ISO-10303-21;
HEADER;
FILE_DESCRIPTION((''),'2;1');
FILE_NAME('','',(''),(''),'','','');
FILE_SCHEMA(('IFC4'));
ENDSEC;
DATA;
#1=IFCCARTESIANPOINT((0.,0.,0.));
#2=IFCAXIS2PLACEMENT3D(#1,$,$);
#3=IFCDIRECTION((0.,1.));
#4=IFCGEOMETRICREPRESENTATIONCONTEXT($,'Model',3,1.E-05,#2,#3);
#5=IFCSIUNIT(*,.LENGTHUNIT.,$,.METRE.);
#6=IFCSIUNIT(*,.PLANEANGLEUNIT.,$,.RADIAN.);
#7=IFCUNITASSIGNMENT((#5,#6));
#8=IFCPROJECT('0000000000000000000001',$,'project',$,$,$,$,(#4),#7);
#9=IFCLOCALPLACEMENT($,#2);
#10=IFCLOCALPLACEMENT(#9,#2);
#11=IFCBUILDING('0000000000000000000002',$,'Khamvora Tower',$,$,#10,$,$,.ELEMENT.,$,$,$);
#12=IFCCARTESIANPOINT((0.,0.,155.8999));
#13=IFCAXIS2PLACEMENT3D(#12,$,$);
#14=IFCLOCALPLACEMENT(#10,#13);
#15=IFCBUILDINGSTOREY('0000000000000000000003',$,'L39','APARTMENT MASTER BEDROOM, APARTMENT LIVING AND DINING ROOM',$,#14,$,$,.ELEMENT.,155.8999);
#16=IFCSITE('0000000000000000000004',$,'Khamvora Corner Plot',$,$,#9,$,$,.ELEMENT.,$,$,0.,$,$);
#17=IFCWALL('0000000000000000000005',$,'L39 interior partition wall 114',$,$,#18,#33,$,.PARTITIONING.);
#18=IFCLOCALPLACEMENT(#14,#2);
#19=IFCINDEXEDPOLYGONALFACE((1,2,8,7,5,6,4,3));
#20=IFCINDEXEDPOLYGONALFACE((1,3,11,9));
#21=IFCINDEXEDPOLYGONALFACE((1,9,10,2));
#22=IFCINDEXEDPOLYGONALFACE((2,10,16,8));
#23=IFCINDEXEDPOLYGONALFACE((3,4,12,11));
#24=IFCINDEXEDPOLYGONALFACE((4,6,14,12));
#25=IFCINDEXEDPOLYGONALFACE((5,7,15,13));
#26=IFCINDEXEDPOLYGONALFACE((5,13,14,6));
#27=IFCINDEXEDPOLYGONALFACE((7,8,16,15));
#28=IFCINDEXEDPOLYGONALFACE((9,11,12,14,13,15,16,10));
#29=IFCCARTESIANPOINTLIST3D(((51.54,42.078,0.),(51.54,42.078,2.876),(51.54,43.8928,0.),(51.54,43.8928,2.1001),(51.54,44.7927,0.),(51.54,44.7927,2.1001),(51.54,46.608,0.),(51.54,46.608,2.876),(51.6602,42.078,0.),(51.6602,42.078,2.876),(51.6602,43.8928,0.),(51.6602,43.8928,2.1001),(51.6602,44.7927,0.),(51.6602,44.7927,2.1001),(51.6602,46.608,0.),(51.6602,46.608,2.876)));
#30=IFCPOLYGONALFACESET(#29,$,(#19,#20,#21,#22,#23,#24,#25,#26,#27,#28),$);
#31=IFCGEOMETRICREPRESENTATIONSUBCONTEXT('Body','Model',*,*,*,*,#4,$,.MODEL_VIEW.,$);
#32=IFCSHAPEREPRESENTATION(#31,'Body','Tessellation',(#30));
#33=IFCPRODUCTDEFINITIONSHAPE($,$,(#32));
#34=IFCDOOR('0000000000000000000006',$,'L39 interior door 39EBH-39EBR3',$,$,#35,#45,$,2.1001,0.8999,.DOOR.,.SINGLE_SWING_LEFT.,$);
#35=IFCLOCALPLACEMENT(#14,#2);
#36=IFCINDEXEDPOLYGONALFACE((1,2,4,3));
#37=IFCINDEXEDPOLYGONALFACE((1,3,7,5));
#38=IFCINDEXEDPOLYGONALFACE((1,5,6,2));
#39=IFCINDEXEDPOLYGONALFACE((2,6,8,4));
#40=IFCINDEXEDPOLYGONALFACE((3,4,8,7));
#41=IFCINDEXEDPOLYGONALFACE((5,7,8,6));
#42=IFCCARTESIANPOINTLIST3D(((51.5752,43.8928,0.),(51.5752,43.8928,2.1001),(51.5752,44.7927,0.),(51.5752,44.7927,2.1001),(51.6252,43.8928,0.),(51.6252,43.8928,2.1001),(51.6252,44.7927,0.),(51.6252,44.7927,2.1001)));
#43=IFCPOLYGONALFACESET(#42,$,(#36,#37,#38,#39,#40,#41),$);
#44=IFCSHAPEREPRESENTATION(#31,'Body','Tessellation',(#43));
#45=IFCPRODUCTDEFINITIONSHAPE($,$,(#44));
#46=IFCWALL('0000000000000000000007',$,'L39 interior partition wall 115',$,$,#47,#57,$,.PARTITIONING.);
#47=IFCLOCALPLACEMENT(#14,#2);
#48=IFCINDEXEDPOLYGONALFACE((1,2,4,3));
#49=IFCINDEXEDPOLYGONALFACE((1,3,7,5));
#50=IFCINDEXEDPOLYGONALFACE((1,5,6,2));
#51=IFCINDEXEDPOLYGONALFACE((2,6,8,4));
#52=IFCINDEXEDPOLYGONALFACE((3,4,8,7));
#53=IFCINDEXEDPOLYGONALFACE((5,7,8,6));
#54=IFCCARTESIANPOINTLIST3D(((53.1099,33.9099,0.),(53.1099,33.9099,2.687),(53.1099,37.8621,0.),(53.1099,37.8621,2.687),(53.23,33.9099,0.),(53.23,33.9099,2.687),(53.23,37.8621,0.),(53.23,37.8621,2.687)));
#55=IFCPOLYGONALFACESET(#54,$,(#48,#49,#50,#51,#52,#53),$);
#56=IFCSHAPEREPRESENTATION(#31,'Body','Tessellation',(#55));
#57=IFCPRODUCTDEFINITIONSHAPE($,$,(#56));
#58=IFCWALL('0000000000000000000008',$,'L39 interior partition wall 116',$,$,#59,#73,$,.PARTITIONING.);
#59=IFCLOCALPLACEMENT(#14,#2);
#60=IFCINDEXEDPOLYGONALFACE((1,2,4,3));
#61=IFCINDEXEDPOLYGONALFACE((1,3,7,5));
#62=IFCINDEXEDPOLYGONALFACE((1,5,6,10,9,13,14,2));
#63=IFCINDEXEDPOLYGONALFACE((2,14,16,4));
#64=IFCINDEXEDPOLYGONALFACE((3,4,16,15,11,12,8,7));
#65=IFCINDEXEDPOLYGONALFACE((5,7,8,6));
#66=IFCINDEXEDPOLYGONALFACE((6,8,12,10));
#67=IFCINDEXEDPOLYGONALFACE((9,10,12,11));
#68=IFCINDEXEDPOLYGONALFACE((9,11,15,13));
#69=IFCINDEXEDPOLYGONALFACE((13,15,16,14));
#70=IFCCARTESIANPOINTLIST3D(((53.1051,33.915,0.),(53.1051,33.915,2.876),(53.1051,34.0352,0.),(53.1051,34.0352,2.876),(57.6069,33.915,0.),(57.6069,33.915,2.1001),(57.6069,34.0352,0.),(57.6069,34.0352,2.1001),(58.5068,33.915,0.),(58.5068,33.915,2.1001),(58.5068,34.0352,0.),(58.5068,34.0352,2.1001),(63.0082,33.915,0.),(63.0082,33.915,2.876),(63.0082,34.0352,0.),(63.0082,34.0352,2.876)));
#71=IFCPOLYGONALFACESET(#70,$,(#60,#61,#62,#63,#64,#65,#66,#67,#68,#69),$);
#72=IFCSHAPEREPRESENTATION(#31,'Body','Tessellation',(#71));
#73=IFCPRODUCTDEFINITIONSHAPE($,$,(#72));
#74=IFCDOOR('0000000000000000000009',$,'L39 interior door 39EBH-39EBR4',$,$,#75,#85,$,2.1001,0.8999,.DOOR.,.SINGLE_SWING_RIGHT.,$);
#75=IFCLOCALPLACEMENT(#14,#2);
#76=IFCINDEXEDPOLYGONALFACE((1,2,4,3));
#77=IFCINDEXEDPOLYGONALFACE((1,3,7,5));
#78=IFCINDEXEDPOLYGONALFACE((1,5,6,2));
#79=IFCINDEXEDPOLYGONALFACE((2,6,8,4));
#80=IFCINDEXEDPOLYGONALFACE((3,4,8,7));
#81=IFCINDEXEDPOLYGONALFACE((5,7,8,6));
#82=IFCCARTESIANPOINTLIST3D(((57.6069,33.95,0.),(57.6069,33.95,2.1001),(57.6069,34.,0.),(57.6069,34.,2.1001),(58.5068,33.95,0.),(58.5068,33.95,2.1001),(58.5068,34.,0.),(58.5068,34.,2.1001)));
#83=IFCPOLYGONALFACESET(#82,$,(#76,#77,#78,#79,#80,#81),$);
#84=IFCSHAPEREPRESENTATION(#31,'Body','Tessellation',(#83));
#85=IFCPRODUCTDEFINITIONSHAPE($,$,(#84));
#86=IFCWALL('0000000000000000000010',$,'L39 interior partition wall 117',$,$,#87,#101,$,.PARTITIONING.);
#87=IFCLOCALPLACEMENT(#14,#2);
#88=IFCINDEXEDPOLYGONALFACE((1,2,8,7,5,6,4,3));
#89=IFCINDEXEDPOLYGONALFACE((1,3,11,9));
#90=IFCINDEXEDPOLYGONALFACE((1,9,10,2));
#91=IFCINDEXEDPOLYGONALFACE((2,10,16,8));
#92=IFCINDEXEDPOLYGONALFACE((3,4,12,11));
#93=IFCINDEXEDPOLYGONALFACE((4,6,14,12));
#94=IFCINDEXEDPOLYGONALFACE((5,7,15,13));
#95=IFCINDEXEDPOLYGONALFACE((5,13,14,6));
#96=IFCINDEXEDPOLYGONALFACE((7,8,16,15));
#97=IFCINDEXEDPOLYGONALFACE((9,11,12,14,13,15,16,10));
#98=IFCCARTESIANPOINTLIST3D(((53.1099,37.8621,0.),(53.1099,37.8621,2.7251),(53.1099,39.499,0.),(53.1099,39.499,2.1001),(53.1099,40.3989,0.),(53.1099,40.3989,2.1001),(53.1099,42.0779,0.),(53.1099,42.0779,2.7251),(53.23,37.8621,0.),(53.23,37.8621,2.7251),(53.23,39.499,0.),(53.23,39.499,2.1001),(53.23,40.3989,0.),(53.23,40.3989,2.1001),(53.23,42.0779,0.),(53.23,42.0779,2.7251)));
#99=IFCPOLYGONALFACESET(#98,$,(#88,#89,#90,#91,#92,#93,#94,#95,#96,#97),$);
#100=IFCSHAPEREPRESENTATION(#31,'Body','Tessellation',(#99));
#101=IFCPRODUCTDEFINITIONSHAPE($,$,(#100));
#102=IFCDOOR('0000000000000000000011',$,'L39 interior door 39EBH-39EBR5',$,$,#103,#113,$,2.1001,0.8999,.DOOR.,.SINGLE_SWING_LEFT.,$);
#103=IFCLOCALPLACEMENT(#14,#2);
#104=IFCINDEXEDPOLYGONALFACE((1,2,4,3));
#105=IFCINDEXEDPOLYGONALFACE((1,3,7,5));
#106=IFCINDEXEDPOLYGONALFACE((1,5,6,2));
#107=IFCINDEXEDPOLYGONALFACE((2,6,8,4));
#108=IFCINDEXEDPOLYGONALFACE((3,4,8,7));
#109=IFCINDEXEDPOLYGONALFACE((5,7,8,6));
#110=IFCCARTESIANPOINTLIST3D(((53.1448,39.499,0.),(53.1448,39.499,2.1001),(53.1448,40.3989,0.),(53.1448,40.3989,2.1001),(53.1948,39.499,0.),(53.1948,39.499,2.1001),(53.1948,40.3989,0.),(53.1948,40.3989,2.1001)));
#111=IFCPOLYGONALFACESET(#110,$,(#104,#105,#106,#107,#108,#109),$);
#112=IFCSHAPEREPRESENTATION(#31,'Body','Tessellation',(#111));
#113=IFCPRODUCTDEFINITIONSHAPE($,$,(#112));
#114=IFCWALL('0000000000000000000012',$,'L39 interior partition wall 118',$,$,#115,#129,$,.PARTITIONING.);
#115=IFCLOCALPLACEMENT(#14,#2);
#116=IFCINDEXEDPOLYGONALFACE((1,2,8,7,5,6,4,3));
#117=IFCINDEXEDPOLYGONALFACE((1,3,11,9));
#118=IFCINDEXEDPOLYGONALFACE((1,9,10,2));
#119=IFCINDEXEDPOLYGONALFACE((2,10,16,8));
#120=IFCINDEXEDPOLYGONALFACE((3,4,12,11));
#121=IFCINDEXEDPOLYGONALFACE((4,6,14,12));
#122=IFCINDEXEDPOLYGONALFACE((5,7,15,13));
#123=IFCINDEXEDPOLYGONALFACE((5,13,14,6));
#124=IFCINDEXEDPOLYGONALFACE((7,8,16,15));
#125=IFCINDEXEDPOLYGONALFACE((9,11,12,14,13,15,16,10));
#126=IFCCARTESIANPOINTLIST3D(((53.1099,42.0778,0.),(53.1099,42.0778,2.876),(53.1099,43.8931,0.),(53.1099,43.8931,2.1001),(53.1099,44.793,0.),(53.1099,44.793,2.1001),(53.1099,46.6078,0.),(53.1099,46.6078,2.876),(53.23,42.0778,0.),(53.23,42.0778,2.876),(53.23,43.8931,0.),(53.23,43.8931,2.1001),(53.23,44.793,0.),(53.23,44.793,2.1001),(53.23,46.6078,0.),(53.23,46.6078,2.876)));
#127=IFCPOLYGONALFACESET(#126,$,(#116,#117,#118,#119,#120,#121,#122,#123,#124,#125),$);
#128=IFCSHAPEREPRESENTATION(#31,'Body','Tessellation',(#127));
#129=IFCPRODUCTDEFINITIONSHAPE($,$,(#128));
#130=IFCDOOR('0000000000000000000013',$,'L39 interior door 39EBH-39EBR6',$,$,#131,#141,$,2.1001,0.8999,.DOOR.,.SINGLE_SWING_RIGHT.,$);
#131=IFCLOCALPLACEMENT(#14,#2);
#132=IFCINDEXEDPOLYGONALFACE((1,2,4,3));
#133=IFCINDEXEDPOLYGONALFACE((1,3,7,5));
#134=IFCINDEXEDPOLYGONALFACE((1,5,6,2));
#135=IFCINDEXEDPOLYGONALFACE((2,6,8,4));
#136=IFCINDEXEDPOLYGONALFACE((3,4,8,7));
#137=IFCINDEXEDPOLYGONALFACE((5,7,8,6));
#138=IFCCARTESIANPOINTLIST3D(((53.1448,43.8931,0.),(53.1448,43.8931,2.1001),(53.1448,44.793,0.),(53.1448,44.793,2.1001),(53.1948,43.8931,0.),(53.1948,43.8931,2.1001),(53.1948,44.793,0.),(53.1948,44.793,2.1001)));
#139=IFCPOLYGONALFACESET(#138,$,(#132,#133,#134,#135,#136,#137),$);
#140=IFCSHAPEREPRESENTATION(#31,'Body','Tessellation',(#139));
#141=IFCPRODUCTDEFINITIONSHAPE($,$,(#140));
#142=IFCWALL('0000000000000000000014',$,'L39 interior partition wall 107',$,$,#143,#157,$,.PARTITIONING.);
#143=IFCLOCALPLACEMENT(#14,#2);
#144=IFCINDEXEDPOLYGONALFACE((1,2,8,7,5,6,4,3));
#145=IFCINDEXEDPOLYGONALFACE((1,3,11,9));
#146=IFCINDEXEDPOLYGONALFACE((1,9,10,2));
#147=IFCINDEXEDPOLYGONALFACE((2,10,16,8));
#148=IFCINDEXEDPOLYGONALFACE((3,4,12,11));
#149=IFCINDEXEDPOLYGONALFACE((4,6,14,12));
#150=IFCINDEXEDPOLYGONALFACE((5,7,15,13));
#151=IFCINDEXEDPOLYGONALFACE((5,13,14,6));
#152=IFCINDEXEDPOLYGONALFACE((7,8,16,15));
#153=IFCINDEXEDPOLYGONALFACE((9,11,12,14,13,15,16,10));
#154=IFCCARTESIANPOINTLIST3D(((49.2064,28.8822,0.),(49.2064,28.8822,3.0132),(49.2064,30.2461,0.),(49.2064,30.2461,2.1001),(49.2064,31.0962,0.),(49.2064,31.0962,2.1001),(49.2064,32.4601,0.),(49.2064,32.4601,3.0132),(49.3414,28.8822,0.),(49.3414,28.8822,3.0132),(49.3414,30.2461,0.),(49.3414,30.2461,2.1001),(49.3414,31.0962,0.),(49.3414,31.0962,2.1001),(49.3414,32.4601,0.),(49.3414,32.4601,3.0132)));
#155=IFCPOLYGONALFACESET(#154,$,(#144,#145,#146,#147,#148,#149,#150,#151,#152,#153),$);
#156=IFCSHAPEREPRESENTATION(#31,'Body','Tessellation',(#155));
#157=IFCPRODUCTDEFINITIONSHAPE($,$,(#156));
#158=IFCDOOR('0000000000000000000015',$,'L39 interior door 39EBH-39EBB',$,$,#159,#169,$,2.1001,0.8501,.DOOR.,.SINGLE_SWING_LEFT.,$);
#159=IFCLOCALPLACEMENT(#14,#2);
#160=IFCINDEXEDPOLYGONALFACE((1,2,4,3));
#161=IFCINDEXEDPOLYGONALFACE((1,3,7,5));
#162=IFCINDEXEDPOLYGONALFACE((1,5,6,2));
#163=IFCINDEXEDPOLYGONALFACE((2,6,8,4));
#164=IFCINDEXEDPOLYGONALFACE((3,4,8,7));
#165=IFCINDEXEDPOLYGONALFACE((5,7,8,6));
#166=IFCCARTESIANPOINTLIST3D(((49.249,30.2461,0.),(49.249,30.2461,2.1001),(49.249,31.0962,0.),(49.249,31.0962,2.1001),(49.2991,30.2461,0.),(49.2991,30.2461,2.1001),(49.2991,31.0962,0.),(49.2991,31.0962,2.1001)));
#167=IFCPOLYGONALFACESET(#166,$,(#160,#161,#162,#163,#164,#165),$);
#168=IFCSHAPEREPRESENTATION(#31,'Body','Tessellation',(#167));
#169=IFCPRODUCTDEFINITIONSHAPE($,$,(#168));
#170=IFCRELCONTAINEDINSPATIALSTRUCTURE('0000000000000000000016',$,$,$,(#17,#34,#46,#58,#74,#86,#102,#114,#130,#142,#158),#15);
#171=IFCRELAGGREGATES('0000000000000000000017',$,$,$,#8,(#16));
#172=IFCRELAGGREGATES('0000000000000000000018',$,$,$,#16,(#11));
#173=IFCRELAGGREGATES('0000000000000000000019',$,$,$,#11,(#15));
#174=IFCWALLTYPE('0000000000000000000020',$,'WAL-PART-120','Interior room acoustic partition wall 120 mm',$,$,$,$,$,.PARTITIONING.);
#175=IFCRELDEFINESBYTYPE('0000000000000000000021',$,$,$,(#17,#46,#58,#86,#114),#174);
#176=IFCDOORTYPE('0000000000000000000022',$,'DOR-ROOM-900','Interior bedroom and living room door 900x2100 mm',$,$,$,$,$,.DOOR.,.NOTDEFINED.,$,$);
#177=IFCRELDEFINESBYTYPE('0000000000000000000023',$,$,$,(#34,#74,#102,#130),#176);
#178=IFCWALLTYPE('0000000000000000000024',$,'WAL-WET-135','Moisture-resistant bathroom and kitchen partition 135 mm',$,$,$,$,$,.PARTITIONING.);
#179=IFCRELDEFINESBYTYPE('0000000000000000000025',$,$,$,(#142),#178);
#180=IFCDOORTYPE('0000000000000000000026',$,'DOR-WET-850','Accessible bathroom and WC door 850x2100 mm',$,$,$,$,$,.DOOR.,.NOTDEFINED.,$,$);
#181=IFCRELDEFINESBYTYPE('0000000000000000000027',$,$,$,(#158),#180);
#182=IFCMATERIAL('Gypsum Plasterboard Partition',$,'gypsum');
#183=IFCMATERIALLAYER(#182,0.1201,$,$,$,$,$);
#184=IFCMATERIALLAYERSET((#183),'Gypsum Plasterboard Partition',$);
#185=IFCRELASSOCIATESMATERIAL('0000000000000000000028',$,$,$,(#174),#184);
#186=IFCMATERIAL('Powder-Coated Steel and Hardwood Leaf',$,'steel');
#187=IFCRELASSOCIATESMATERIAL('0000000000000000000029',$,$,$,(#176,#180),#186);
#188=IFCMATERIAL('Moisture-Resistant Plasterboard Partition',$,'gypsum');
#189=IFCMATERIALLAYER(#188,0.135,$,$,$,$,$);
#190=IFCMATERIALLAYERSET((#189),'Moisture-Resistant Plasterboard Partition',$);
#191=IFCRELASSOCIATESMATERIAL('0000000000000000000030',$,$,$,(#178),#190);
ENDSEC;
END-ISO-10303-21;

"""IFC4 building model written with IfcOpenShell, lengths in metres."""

from ifc_helpers import new_model, si_unit, direction, frame, frame_2d, origin, place, context, subcontext, project, spatial, rectangle, extrude, material, layer, layer_set, type_object, element, fill, save


model = new_model("IFC4")

# Units and contexts
model_context = context("Model", 3, precision=1e-05, world=origin(), true_north=direction((0.0, 1.0)))
body_context = subcontext(model_context, "Body", "Model", "MODEL_VIEW")
ifc_project = project(units=[si_unit("LENGTHUNIT", "METRE"), si_unit("PLANEANGLEUNIT", "RADIAN")], contexts=[model_context])

# Site, building, storey
site_placement = place(None, origin())
site = spatial("IfcSite", under=ifc_project, at=site_placement, Name="Khamvora Corner Plot", CompositionType="ELEMENT", RefElevation=0.0)
building_placement = place(site_placement, origin())
building = spatial("IfcBuilding", under=site, at=building_placement, Name="Khamvora Tower", CompositionType="ELEMENT")
storey_placement = place(building_placement, frame((0.0, 0.0, 155.8999)))
storey = spatial("IfcBuildingStorey", under=building, at=storey_placement, Name="L39", Description="APARTMENT MASTER BEDROOM, APARTMENT LIVING AND DINING ROOM", CompositionType="ELEMENT", Elevation=155.8999)

# Shared definitions
ifc_material_1 = material(Name="Gypsum Plasterboard Partition", Category="gypsum")
ifc_layer_1 = layer(ifc_material_1, 0.1201)
ifc_layer_set_1 = layer_set([ifc_layer_1], Name="Gypsum Plasterboard Partition")
wall_type_1 = type_object("IfcWallType", Name="WAL-PART-120", Description="Interior room acoustic partition wall 120 mm", PredefinedType="PARTITIONING", material=ifc_layer_set_1)

# Wall, opening, door
ifc_material_2 = material(Name="Powder-Coated Steel and Hardwood Leaf", Category="steel")
door_type_1 = type_object("IfcDoorType", Name="DOR-ROOM-900", Description="Interior bedroom and living room door 900x2100 mm", OperationType="NOTDEFINED", PredefinedType="DOOR", material=ifc_material_2)
wall_1_placement = place(storey_placement, frame((51.6001, 42.0779, 0.0), z_axis=(0.0, 0.0, 1.0), x_axis=(0.0, 1.0, 0.0)))
wall_1 = element("IfcWall", 1, at=wall_1_placement, inside=storey, type_object=wall_type_1, Name="L39 interior partition wall 114", PredefinedType="PARTITIONING", context=body_context, shape_type="SweptSolid", body=[
    extrude(rectangle(XDim=4.53, YDim=0.1201, at=frame_2d((2.2651, 0.0))), origin(), (0.0, 0.0, 1.0), 2.876),
])
opening_1_placement = place(wall_1_placement, frame((1.8149, 0.0, 0.0)))
opening_1 = element("IfcOpeningElement", 2, at=opening_1_placement, cuts=wall_1, PredefinedType="OPENING", context=body_context, shape_type="SweptSolid", body=[
    extrude(rectangle(XDim=0.8999, YDim=2.1001, at=frame_2d((0.45, 1.05))), frame((0.0, 0.0701, 0.0), z_axis=(0.0, -1.0, 0.0), x_axis=(1.0, 0.0, 0.0)), (0.0, 0.0, 1.0), 0.1401),
])
door_1_placement = place(opening_1_placement, origin())
door_1 = element("IfcDoor", 3, at=door_1_placement, inside=storey, type_object=door_type_1, Name="L39 interior door 39EBH-39EBR3", OperationType="SINGLE_SWING_LEFT", OverallHeight=2.1001, OverallWidth=0.8999, PredefinedType="DOOR", context=body_context, shape_type="SweptSolid", body=[
    extrude(rectangle(XDim=0.8999, YDim=2.1001, at=frame_2d((0.45, 1.05))), frame((0.0, 0.0249, 0.0), z_axis=(0.0, -1.0, 0.0), x_axis=(1.0, 0.0, 0.0)), (0.0, 0.0, 1.0), 0.05),
])
fill(opening_1, door_1)

# Wall
wall_2_placement = place(storey_placement, frame((53.1699, 37.8621, 0.0), z_axis=(0.0, 0.0, 1.0), x_axis=(0.0, -1.0, 0.0)))
element("IfcWall", 4, at=wall_2_placement, inside=storey, type_object=wall_type_1, Name="L39 interior partition wall 115", PredefinedType="PARTITIONING", context=body_context, shape_type="SweptSolid", body=[
    extrude(rectangle(XDim=3.9521, YDim=0.1201, at=frame_2d((1.9761, 0.0))), origin(), (0.0, 0.0, 1.0), 2.687),
])

# Walls, openings, doors
wall_3_placement = place(storey_placement, frame((53.105, 33.9751, 0.0), z_axis=(0.0, 0.0, 1.0), x_axis=(1.0, 0.0, 0.0)))
wall_3 = element("IfcWall", 5, at=wall_3_placement, inside=storey, type_object=wall_type_1, Name="L39 interior partition wall 116", PredefinedType="PARTITIONING", context=body_context, shape_type="SweptSolid", body=[
    extrude(rectangle(XDim=9.9031, YDim=0.1201, at=frame_2d((4.9517, 0.0))), origin(), (0.0, 0.0, 1.0), 2.876),
])
opening_2_placement = place(wall_3_placement, frame((4.502, 0.0, 0.0)))
opening_2 = element("IfcOpeningElement", 6, at=opening_2_placement, cuts=wall_3, PredefinedType="OPENING", context=body_context, shape_type="SweptSolid", body=[
    extrude(rectangle(XDim=0.8999, YDim=2.1001, at=frame_2d((0.45, 1.05))), frame((0.0, 0.0701, 0.0), z_axis=(0.0, -1.0, 0.0), x_axis=(1.0, 0.0, 0.0)), (0.0, 0.0, 1.0), 0.1401),
])
door_2_placement = place(opening_2_placement, origin())
door_2 = element("IfcDoor", 7, at=door_2_placement, inside=storey, type_object=door_type_1, Name="L39 interior door 39EBH-39EBR4", OperationType="SINGLE_SWING_RIGHT", OverallHeight=2.1001, OverallWidth=0.8999, PredefinedType="DOOR", context=body_context, shape_type="SweptSolid", body=[
    extrude(rectangle(XDim=0.8999, YDim=2.1001, at=frame_2d((0.45, 1.05))), frame((0.0, 0.0249, 0.0), z_axis=(0.0, -1.0, 0.0), x_axis=(1.0, 0.0, 0.0)), (0.0, 0.0, 1.0), 0.05),
])
fill(opening_2, door_2)
wall_4_placement = place(storey_placement, frame((53.1699, 42.0779, 0.0), z_axis=(0.0, 0.0, 1.0), x_axis=(0.0, -1.0, 0.0)))
wall_4 = element("IfcWall", 8, at=wall_4_placement, inside=storey, type_object=wall_type_1, Name="L39 interior partition wall 117", PredefinedType="PARTITIONING", context=body_context, shape_type="SweptSolid", body=[
    extrude(rectangle(XDim=4.2158, YDim=0.1201, at=frame_2d((2.1079, 0.0))), origin(), (0.0, 0.0, 1.0), 2.7251),
])
opening_3_placement = place(wall_4_placement, frame((1.679, 0.0, 0.0)))
opening_3 = element("IfcOpeningElement", 9, at=opening_3_placement, cuts=wall_4, PredefinedType="OPENING", context=body_context, shape_type="SweptSolid", body=[
    extrude(rectangle(XDim=0.8999, YDim=2.1001, at=frame_2d((0.45, 1.05))), frame((0.0, 0.0701, 0.0), z_axis=(0.0, -1.0, 0.0), x_axis=(1.0, 0.0, 0.0)), (0.0, 0.0, 1.0), 0.1401),
])
door_3_placement = place(opening_3_placement, origin())
door_3 = element("IfcDoor", 10, at=door_3_placement, inside=storey, type_object=door_type_1, Name="L39 interior door 39EBH-39EBR5", OperationType="SINGLE_SWING_LEFT", OverallHeight=2.1001, OverallWidth=0.8999, PredefinedType="DOOR", context=body_context, shape_type="SweptSolid", body=[
    extrude(rectangle(XDim=0.8999, YDim=2.1001, at=frame_2d((0.45, 1.05))), frame((0.0, 0.0249, 0.0), z_axis=(0.0, -1.0, 0.0), x_axis=(1.0, 0.0, 0.0)), (0.0, 0.0, 1.0), 0.05),
])
fill(opening_3, door_3)
wall_5_placement = place(storey_placement, frame((53.1699, 46.6079, 0.0), z_axis=(0.0, 0.0, 1.0), x_axis=(0.0, -1.0, 0.0)))
wall_5 = element("IfcWall", 11, at=wall_5_placement, inside=storey, type_object=wall_type_1, Name="L39 interior partition wall 118", PredefinedType="PARTITIONING", context=body_context, shape_type="SweptSolid", body=[
    extrude(rectangle(XDim=4.53, YDim=0.1201, at=frame_2d((2.2651, 0.0))), origin(), (0.0, 0.0, 1.0), 2.876),
])
opening_4_placement = place(wall_5_placement, frame((1.8149, 0.0, 0.0)))
opening_4 = element("IfcOpeningElement", 12, at=opening_4_placement, cuts=wall_5, PredefinedType="OPENING", context=body_context, shape_type="SweptSolid", body=[
    extrude(rectangle(XDim=0.8999, YDim=2.1001, at=frame_2d((0.45, 1.05))), frame((0.0, 0.0701, 0.0), z_axis=(0.0, -1.0, 0.0), x_axis=(1.0, 0.0, 0.0)), (0.0, 0.0, 1.0), 0.1401),
])
door_4_placement = place(opening_4_placement, origin())
door_4 = element("IfcDoor", 13, at=door_4_placement, inside=storey, type_object=door_type_1, Name="L39 interior door 39EBH-39EBR6", OperationType="SINGLE_SWING_RIGHT", OverallHeight=2.1001, OverallWidth=0.8999, PredefinedType="DOOR", context=body_context, shape_type="SweptSolid", body=[
    extrude(rectangle(XDim=0.8999, YDim=2.1001, at=frame_2d((0.45, 1.05))), frame((0.0, 0.0249, 0.0), z_axis=(0.0, -1.0, 0.0), x_axis=(1.0, 0.0, 0.0)), (0.0, 0.0, 1.0), 0.05),
])
fill(opening_4, door_4)
ifc_material_3 = material(Name="Moisture-Resistant Plasterboard Partition", Category="gypsum")
ifc_layer_2 = layer(ifc_material_3, 0.135)
ifc_layer_set_2 = layer_set([ifc_layer_2], Name="Moisture-Resistant Plasterboard Partition")
wall_type_2 = type_object("IfcWallType", Name="WAL-WET-135", Description="Moisture-resistant bathroom and kitchen partition 135 mm", PredefinedType="PARTITIONING", material=ifc_layer_set_2)
wall_6_placement = place(storey_placement, frame((49.2739, 28.8821, 0.0), z_axis=(0.0, 0.0, 1.0), x_axis=(0.0, 1.0, 0.0)))
wall_6 = element("IfcWall", 14, at=wall_6_placement, inside=storey, type_object=wall_type_2, Name="L39 interior partition wall 107", PredefinedType="PARTITIONING", context=body_context, shape_type="SweptSolid", body=[
    extrude(rectangle(XDim=3.5779, YDim=0.135, at=frame_2d((1.7891, 0.0))), origin(), (0.0, 0.0, 1.0), 3.0132),
])
opening_5_placement = place(wall_6_placement, frame((1.364, 0.0, 0.0)))
opening_5 = element("IfcOpeningElement", 15, at=opening_5_placement, cuts=wall_6, PredefinedType="OPENING", context=body_context, shape_type="SweptSolid", body=[
    extrude(rectangle(XDim=0.8501, YDim=2.1001, at=frame_2d((0.425, 1.05))), frame((0.0, 0.0774, 0.0), z_axis=(0.0, -1.0, 0.0), x_axis=(1.0, 0.0, 0.0)), (0.0, 0.0, 1.0), 0.155),
])
door_type_2 = type_object("IfcDoorType", Name="DOR-WET-850", Description="Accessible bathroom and WC door 850x2100 mm", OperationType="NOTDEFINED", PredefinedType="DOOR", material=ifc_material_2)
door_5_placement = place(opening_5_placement, origin())
door_5 = element("IfcDoor", 16, at=door_5_placement, inside=storey, type_object=door_type_2, Name="L39 interior door 39EBH-39EBB", OperationType="SINGLE_SWING_LEFT", OverallHeight=2.1001, OverallWidth=0.8501, PredefinedType="DOOR", context=body_context, shape_type="SweptSolid", body=[
    extrude(rectangle(XDim=0.8501, YDim=2.1001, at=frame_2d((0.425, 1.05))), frame((0.0, 0.0249, 0.0), z_axis=(0.0, -1.0, 0.0), x_axis=(1.0, 0.0, 0.0)), (0.0, 0.0, 1.0), 0.05),
])
fill(opening_5, door_5)

save(model, "model.ifc")
